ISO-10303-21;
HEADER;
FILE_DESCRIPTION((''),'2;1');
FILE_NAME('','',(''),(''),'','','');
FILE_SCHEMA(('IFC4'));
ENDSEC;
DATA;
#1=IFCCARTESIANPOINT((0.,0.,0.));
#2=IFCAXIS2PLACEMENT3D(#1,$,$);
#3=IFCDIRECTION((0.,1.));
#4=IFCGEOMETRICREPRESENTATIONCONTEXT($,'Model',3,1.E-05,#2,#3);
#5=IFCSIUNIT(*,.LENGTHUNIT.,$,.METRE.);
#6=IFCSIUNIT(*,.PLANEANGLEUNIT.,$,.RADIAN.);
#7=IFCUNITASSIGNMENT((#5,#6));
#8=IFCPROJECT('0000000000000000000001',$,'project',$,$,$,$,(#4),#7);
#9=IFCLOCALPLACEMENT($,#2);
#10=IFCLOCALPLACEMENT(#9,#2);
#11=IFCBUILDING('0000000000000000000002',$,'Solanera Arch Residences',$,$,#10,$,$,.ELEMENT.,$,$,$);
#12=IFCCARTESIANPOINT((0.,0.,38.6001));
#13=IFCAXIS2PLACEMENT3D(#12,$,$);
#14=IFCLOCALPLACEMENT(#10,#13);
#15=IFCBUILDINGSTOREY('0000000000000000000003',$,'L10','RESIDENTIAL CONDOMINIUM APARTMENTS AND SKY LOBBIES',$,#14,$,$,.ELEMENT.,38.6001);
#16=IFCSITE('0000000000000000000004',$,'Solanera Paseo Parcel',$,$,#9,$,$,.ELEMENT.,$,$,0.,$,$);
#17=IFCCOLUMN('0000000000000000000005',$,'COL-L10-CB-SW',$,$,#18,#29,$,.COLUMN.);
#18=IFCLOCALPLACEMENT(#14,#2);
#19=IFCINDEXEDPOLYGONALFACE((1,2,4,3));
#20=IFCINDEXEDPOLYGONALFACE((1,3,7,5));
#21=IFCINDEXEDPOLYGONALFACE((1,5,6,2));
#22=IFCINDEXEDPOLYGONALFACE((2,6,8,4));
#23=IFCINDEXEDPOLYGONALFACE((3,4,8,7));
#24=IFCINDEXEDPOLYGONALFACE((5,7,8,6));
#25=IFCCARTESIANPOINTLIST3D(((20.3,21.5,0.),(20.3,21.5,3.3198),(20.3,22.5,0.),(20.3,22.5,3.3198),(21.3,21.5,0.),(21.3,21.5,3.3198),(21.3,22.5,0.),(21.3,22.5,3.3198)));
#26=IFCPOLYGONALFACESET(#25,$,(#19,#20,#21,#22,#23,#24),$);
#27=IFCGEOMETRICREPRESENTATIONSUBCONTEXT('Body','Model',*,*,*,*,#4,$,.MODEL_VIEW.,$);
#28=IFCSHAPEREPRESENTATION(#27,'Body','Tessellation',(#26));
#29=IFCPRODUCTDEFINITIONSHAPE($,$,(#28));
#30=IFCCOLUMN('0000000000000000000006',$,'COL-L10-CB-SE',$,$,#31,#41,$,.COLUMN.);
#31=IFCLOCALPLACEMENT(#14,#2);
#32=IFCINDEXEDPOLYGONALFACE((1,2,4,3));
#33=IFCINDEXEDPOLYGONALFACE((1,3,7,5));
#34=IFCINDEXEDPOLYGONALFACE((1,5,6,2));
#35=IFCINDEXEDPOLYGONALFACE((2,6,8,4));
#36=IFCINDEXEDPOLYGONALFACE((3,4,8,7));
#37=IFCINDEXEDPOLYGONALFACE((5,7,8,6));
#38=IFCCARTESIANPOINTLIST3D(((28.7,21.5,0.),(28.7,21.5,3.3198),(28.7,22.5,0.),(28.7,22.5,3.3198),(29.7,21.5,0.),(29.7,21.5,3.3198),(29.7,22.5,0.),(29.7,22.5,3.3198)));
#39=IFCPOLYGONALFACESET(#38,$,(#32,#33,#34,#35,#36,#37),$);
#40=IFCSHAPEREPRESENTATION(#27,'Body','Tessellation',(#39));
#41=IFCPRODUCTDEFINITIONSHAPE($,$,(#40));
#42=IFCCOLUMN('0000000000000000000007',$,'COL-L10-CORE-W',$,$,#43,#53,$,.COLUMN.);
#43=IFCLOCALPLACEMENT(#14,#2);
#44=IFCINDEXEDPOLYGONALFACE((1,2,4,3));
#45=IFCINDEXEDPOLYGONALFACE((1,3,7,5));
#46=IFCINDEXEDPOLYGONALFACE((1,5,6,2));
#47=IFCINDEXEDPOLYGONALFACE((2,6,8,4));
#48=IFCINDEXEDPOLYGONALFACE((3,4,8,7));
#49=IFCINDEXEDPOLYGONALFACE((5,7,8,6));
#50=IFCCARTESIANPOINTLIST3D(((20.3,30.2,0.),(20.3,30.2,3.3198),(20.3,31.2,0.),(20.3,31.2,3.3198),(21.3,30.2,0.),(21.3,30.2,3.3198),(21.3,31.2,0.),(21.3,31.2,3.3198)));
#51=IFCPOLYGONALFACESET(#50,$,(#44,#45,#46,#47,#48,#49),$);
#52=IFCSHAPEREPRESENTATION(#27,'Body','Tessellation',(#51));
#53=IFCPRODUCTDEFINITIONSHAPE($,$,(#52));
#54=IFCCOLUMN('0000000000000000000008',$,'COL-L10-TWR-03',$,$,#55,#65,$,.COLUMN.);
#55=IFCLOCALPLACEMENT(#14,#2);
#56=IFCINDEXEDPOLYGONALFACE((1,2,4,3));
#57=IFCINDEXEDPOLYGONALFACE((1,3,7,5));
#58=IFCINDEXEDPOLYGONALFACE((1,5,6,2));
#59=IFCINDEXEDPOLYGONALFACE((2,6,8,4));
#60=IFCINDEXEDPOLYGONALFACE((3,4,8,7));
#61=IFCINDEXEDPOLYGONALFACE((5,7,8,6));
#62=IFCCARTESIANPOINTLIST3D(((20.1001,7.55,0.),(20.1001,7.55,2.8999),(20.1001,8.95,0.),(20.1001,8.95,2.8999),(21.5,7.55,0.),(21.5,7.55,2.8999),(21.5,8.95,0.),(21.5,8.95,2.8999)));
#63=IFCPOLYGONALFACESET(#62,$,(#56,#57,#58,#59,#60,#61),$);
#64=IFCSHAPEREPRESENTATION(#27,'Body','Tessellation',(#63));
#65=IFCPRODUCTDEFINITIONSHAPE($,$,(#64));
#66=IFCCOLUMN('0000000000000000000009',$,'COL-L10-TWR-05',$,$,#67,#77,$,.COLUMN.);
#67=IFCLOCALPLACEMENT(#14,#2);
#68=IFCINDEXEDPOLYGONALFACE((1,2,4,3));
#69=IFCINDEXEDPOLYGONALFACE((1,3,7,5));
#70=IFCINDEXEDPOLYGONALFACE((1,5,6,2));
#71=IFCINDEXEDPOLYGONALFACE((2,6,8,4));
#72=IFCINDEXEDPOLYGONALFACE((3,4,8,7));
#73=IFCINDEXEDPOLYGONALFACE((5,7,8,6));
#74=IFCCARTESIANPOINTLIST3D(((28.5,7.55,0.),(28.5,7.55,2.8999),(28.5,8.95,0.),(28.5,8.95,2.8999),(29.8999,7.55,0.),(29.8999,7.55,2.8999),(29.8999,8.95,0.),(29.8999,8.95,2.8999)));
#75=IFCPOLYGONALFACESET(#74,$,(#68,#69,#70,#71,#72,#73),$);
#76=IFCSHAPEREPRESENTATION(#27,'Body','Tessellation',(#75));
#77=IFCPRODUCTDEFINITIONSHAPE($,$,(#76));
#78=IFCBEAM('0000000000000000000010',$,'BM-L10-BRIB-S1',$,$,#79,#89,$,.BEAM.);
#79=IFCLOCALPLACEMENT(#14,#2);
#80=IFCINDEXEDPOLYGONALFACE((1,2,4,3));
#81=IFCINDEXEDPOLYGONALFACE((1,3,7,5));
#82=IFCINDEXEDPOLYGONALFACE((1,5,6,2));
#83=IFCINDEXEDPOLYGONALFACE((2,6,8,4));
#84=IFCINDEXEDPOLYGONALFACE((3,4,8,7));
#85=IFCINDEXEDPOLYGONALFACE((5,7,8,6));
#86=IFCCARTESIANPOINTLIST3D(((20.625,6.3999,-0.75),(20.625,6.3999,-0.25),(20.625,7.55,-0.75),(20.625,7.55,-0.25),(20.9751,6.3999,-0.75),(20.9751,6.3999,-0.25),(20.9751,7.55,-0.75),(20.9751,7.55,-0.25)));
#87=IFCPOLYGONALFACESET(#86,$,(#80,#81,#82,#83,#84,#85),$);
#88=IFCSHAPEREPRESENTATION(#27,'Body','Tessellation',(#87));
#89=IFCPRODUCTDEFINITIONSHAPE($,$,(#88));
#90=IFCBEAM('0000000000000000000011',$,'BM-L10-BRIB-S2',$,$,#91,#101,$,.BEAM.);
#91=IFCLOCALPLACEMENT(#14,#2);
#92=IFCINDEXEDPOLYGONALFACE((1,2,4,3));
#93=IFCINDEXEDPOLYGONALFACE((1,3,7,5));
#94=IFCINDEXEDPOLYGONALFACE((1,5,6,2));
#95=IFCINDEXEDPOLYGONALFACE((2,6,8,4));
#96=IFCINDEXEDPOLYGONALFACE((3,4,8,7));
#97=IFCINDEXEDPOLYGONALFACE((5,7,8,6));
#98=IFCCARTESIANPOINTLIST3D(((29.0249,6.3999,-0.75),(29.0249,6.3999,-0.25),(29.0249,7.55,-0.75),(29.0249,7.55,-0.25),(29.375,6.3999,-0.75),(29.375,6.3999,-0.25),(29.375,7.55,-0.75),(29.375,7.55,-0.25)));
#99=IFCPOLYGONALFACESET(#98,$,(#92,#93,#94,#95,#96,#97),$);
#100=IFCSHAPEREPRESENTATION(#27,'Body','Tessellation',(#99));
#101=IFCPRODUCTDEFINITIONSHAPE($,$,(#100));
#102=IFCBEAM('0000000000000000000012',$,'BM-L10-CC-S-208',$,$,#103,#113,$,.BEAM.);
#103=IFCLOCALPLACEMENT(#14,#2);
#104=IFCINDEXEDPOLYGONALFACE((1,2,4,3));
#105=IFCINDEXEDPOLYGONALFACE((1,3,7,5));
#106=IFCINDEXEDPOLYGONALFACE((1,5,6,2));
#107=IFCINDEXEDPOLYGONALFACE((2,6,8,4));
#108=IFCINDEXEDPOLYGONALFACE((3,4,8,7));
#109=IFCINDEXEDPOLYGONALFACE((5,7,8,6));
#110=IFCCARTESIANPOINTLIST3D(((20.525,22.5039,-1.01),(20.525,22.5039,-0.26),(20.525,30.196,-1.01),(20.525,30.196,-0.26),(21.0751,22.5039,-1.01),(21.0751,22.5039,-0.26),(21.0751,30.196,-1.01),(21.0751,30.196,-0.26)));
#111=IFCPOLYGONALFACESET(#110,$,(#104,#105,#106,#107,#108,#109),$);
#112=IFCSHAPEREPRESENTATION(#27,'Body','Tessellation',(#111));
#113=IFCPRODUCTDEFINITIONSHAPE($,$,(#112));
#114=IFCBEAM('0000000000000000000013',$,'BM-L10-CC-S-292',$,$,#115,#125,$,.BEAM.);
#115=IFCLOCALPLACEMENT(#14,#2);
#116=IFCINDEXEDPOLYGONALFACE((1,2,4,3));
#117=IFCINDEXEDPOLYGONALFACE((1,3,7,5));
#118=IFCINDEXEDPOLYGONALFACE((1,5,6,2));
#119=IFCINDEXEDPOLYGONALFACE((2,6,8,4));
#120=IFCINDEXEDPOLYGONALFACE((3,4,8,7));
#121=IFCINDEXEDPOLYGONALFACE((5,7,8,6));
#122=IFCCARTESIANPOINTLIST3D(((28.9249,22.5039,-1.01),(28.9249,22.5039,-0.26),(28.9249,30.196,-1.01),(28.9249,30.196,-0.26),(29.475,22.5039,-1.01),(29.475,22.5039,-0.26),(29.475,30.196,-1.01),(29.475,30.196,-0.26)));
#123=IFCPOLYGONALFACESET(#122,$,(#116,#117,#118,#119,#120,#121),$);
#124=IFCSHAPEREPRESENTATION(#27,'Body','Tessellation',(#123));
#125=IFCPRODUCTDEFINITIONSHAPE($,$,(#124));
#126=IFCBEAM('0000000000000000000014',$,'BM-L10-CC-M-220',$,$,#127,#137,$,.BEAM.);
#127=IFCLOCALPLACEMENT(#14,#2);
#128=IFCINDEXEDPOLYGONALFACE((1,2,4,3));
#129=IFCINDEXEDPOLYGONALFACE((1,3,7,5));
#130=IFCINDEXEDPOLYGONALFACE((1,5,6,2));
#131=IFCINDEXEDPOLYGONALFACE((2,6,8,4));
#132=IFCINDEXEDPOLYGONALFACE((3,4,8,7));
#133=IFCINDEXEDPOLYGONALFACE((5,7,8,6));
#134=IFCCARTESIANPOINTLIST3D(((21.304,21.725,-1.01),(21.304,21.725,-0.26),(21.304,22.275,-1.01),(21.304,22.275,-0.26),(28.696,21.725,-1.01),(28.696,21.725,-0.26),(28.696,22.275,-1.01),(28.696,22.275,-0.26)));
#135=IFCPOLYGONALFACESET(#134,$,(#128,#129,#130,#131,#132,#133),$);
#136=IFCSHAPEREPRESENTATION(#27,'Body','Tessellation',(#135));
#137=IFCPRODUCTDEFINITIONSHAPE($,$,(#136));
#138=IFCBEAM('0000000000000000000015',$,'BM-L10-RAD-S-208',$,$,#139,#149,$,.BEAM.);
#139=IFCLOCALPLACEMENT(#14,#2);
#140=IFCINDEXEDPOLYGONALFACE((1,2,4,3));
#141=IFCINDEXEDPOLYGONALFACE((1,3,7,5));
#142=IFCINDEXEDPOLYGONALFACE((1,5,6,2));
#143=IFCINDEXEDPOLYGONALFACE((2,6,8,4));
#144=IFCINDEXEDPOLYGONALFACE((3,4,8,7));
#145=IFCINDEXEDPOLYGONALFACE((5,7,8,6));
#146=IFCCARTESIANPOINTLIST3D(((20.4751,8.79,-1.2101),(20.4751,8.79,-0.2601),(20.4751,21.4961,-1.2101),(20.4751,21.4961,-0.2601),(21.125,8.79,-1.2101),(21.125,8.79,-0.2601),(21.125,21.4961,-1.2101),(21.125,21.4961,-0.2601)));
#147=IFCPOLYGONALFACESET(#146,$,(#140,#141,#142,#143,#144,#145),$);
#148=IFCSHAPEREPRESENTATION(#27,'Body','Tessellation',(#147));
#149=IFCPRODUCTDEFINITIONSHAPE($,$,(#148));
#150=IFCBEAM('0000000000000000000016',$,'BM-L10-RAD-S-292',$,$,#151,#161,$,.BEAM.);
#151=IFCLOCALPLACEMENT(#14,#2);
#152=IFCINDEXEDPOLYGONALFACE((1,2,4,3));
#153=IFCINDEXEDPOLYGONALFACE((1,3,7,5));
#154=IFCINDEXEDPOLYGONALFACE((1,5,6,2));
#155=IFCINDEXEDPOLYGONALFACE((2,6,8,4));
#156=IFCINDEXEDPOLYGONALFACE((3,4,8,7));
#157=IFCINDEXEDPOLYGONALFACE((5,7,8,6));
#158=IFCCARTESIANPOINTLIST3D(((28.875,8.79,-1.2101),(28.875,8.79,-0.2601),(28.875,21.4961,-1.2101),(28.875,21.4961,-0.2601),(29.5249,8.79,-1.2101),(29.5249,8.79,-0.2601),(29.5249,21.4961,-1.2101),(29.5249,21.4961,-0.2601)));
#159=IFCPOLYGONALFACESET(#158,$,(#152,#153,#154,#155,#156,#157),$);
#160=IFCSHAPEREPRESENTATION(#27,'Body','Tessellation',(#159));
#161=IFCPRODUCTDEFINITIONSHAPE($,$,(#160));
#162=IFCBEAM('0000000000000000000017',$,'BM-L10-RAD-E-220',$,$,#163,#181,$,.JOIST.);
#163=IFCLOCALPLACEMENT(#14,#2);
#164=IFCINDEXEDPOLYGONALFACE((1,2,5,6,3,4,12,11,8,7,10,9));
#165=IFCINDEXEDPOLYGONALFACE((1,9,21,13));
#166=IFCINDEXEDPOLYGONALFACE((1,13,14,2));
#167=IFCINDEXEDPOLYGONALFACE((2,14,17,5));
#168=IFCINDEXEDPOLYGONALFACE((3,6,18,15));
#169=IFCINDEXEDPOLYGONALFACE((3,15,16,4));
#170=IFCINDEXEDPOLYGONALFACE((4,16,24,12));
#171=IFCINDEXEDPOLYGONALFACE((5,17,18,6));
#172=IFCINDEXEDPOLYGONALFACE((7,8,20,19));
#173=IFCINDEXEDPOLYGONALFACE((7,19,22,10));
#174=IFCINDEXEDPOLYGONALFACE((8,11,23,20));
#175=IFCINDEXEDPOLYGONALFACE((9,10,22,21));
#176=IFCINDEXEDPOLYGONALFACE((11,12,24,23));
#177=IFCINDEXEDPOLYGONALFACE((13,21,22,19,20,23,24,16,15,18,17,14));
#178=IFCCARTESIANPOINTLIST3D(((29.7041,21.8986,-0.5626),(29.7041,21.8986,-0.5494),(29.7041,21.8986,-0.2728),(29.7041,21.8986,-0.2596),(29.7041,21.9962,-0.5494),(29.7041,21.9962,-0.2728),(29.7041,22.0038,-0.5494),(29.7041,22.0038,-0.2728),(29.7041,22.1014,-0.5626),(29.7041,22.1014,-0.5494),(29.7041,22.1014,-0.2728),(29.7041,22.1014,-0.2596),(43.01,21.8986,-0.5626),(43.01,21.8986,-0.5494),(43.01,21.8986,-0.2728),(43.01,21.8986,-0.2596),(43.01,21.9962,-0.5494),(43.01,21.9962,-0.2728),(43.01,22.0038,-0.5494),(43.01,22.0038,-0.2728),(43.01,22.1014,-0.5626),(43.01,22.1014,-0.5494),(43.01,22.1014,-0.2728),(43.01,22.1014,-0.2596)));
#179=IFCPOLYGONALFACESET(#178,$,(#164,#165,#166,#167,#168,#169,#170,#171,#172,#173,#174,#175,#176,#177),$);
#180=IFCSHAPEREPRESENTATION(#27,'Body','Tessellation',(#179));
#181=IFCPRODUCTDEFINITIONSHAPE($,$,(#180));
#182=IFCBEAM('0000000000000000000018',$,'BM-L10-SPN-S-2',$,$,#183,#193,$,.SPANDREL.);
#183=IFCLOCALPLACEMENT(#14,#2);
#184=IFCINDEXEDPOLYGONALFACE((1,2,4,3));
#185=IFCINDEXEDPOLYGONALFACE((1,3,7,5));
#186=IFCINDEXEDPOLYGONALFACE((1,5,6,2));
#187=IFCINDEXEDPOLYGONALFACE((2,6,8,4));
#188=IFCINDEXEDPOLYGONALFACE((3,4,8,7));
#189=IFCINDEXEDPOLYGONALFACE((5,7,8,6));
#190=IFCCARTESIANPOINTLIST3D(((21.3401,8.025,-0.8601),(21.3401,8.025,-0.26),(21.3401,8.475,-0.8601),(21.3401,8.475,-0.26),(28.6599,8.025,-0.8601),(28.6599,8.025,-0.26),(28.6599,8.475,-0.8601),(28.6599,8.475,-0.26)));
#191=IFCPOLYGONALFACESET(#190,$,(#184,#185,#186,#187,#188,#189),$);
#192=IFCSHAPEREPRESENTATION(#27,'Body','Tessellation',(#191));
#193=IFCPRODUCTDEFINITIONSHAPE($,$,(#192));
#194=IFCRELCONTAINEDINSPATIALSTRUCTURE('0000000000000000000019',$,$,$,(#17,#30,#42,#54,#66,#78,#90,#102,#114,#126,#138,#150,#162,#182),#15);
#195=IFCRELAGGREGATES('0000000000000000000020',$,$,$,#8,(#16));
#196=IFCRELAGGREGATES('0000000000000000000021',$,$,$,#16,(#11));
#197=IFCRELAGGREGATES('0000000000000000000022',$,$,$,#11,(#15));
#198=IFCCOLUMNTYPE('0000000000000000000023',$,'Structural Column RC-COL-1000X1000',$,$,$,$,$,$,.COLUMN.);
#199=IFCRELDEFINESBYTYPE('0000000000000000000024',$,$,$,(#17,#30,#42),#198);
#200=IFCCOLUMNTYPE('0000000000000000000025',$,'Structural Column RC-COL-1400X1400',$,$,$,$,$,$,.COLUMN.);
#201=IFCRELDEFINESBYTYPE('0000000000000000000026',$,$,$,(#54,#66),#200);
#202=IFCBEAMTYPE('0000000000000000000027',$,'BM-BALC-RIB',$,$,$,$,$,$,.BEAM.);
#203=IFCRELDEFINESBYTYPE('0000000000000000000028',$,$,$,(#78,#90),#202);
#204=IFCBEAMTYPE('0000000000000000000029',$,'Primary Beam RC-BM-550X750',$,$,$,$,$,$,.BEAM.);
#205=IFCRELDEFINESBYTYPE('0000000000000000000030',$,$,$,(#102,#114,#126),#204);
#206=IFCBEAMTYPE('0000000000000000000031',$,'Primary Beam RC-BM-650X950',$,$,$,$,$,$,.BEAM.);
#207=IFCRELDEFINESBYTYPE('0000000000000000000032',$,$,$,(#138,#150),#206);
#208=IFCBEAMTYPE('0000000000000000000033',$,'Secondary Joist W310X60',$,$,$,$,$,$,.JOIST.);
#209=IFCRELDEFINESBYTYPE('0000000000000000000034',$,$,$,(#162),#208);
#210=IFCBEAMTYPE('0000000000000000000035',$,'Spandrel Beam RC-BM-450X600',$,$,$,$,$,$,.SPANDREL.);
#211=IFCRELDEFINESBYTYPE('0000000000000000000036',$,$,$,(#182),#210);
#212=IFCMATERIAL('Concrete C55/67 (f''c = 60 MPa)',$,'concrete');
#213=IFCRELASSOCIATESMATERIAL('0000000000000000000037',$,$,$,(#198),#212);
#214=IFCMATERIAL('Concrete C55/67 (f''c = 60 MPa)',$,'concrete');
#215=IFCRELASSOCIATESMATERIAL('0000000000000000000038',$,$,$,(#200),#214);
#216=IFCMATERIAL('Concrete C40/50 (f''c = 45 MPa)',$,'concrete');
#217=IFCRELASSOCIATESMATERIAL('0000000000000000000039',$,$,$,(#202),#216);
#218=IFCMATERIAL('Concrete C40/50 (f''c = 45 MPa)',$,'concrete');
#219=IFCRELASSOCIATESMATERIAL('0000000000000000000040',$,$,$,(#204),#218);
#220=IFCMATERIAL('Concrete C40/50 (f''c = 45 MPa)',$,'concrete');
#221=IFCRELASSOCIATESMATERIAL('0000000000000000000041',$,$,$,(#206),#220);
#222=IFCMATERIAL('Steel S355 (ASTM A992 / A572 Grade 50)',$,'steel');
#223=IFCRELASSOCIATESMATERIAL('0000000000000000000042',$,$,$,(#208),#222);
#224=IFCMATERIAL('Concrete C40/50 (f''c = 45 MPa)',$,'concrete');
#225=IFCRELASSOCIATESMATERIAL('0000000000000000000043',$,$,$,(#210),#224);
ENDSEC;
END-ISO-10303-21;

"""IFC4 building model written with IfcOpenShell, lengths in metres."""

from ifc_helpers import new_model, si_unit, direction, frame, origin, origin_2d, place, context, subcontext, project, spatial, rectangle, i_section, extrude, material, material_profile, profile_set, type_object, element, save


model = new_model("IFC4")

# Units and contexts
model_context = context("Model", 3, precision=1e-05, world=origin(), true_north=direction((0.0, 1.0)))
body_context = subcontext(model_context, "Body", "Model", "MODEL_VIEW")
ifc_project = project(units=[si_unit("LENGTHUNIT", "METRE"), si_unit("PLANEANGLEUNIT", "RADIAN")], contexts=[model_context])

# Site, building, storey
site_placement = place(None, origin())
site = spatial("IfcSite", under=ifc_project, at=site_placement, Name="Solanera Paseo Parcel", CompositionType="ELEMENT", RefElevation=0.0)
building_placement = place(site_placement, origin())
building = spatial("IfcBuilding", under=site, at=building_placement, Name="Solanera Arch Residences", CompositionType="ELEMENT")
storey_placement = place(building_placement, frame((0.0, 0.0, 38.6001)))
storey = spatial("IfcBuildingStorey", under=building, at=storey_placement, Name="L10", Description="RESIDENTIAL CONDOMINIUM APARTMENTS AND SKY LOBBIES", CompositionType="ELEMENT", Elevation=38.6001)

# Columns
ifc_material_1 = material(Name="Concrete C55/67 (f'c = 60 MPa)", Category="concrete")
ifc_material_profile_1 = material_profile(ifc_material_1, rectangle(XDim=1.0, YDim=1.0, at=origin_2d()))
ifc_profile_set_1 = profile_set([ifc_material_profile_1], Name="Concrete C55/67 (f'c = 60 MPa)")
column_type_1 = type_object("IfcColumnType", Name="Structural Column RC-COL-1000X1000", PredefinedType="COLUMN", material=ifc_profile_set_1)
for number, where, z_axis, x_axis, name in (
    (1, (20.8, 22.0, 0.0), (0.0, 0.0, 1.0), (1.0, 0.0, 0.0), "COL-L10-CB-SW"),
    (2, (29.2, 22.0, 0.0), (0.0, 0.0, 1.0), (1.0, 0.0, 0.0), "COL-L10-CB-SE"),
    (3, (20.8, 30.7, 0.0), (0.0, 0.0, 1.0), (1.0, 0.0, 0.0), "COL-L10-CORE-W"),
):
    element("IfcColumn", number, at=place(storey_placement, frame(where, z_axis=z_axis, x_axis=x_axis)), inside=storey, type_object=column_type_1, Name=name, PredefinedType="COLUMN", context=body_context, shape_type="SweptSolid", body=[
        extrude(rectangle(XDim=1.0, YDim=1.0, at=origin_2d()), origin(), (0.0, 0.0, 1.0), 3.3198),
    ])
ifc_material_2 = material(Name="Concrete C55/67 (f'c = 60 MPa)", Category="concrete")
ifc_material_profile_2 = material_profile(ifc_material_2, rectangle(XDim=1.3999, YDim=1.3999, at=origin_2d()))
ifc_profile_set_2 = profile_set([ifc_material_profile_2], Name="Concrete C55/67 (f'c = 60 MPa)")
column_type_2 = type_object("IfcColumnType", Name="Structural Column RC-COL-1400X1400", PredefinedType="COLUMN", material=ifc_profile_set_2)
for number, where, z_axis, x_axis, name in (
    (4, (20.8, 8.25, 0.0), (0.0, 0.0, 1.0), (1.0, 0.0, 0.0), "COL-L10-TWR-03"),
    (5, (29.2, 8.25, 0.0), (0.0, 0.0, 1.0), (1.0, 0.0, 0.0), "COL-L10-TWR-05"),
):
    element("IfcColumn", number, at=place(storey_placement, frame(where, z_axis=z_axis, x_axis=x_axis)), inside=storey, type_object=column_type_2, Name=name, PredefinedType="COLUMN", context=body_context, shape_type="SweptSolid", body=[
        extrude(rectangle(XDim=1.3999, YDim=1.3999, at=origin_2d()), origin(), (0.0, 0.0, 1.0), 2.8999),
    ])

# Beams
ifc_material_3 = material(Name="Concrete C40/50 (f'c = 45 MPa)", Category="concrete")
ifc_material_profile_3 = material_profile(ifc_material_3, rectangle(XDim=0.3501, YDim=0.5, at=origin_2d()))
ifc_profile_set_3 = profile_set([ifc_material_profile_3], Name="Concrete C40/50 (f'c = 45 MPa)")
beam_type_1 = type_object("IfcBeamType", Name="BM-BALC-RIB", PredefinedType="BEAM", material=ifc_profile_set_3)
for number, where, z_axis, x_axis, name in (
    (6, (20.8, 6.3999, -0.5), (0.0, 1.0, 0.0), (-1.0, 0.0, 0.0), "BM-L10-BRIB-S1"),
    (7, (29.2, 6.3999, -0.5), (0.0, 1.0, 0.0), (-1.0, 0.0, 0.0), "BM-L10-BRIB-S2"),
):
    element("IfcBeam", number, at=place(storey_placement, frame(where, z_axis=z_axis, x_axis=x_axis)), inside=storey, type_object=beam_type_1, Name=name, PredefinedType="BEAM", context=body_context, shape_type="SweptSolid", body=[
        extrude(rectangle(XDim=0.3501, YDim=0.5, at=origin_2d()), origin(), (0.0, 0.0, 1.0), 1.1501),
    ])
ifc_material_4 = material(Name="Concrete C40/50 (f'c = 45 MPa)", Category="concrete")
ifc_material_profile_4 = material_profile(ifc_material_4, rectangle(XDim=0.55, YDim=0.75, at=origin_2d()))
ifc_profile_set_4 = profile_set([ifc_material_profile_4], Name="Concrete C40/50 (f'c = 45 MPa)")
beam_type_2 = type_object("IfcBeamType", Name="Primary Beam RC-BM-550X750", PredefinedType="BEAM", material=ifc_profile_set_4)
for number, where, z_axis, x_axis, name in (
    (8, (20.8, 22.5039, -0.635), (0.0, 1.0, 0.0), (-1.0, 0.0, 0.0), "BM-L10-CC-S-208"),
    (9, (29.2, 22.5039, -0.635), (0.0, 1.0, 0.0), (-1.0, 0.0, 0.0), "BM-L10-CC-S-292"),
):
    element("IfcBeam", number, at=place(storey_placement, frame(where, z_axis=z_axis, x_axis=x_axis)), inside=storey, type_object=beam_type_2, Name=name, PredefinedType="BEAM", context=body_context, shape_type="SweptSolid", body=[
        extrude(rectangle(XDim=0.55, YDim=0.75, at=origin_2d()), origin(), (0.0, 0.0, 1.0), 7.6921),
    ])
beam_1_placement = place(storey_placement, frame((21.304, 22.0, -0.635), z_axis=(1.0, 0.0, 0.0), x_axis=(0.0, 1.0, 0.0)))
element("IfcBeam", 10, at=beam_1_placement, inside=storey, type_object=beam_type_2, Name="BM-L10-CC-M-220", PredefinedType="BEAM", context=body_context, shape_type="SweptSolid", body=[
    extrude(rectangle(XDim=0.55, YDim=0.75, at=origin_2d()), origin(), (0.0, 0.0, 1.0), 7.3921),
])
ifc_material_5 = material(Name="Concrete C40/50 (f'c = 45 MPa)", Category="concrete")
ifc_material_profile_5 = material_profile(ifc_material_5, rectangle(XDim=0.6499, YDim=0.95, at=origin_2d()))
ifc_profile_set_5 = profile_set([ifc_material_profile_5], Name="Concrete C40/50 (f'c = 45 MPa)")
beam_type_3 = type_object("IfcBeamType", Name="Primary Beam RC-BM-650X950", PredefinedType="BEAM", material=ifc_profile_set_5)
for number, where, z_axis, x_axis, name in (
    (11, (20.8, 8.79, -0.7351), (0.0, 1.0, 0.0), (-1.0, 0.0, 0.0), "BM-L10-RAD-S-208"),
    (12, (29.2, 8.79, -0.7351), (0.0, 1.0, 0.0), (-1.0, 0.0, 0.0), "BM-L10-RAD-S-292"),
):
    element("IfcBeam", number, at=place(storey_placement, frame(where, z_axis=z_axis, x_axis=x_axis)), inside=storey, type_object=beam_type_3, Name=name, PredefinedType="BEAM", context=body_context, shape_type="SweptSolid", body=[
        extrude(rectangle(XDim=0.6499, YDim=0.95, at=origin_2d()), origin(), (0.0, 0.0, 1.0), 12.7061),
    ])
ifc_material_6 = material(Name="Steel S355 (ASTM A992 / A572 Grade 50)", Category="steel")
ifc_material_profile_6 = material_profile(ifc_material_6, i_section(OverallWidth=0.2029, OverallDepth=0.303, WebThickness=0.0076, FlangeThickness=0.0132, at=origin_2d()))
ifc_profile_set_6 = profile_set([ifc_material_profile_6], Name="Steel S355 (ASTM A992 / A572 Grade 50)")
beam_type_4 = type_object("IfcBeamType", Name="Secondary Joist W310X60", PredefinedType="JOIST", material=ifc_profile_set_6)
beam_2_placement = place(storey_placement, frame((29.7041, 22.0, -0.4111), z_axis=(1.0, 0.0, 0.0), x_axis=(0.0, 1.0, 0.0)))
element("IfcBeam", 13, at=beam_2_placement, inside=storey, type_object=beam_type_4, Name="BM-L10-RAD-E-220", PredefinedType="JOIST", context=body_context, shape_type="SweptSolid", body=[
    extrude(i_section(OverallWidth=0.2029, OverallDepth=0.303, WebThickness=0.0076, FlangeThickness=0.0132, at=origin_2d()), origin(), (0.0, 0.0, 1.0), 13.3059),
])
ifc_material_7 = material(Name="Concrete C40/50 (f'c = 45 MPa)", Category="concrete")
ifc_material_profile_7 = material_profile(ifc_material_7, rectangle(XDim=0.45, YDim=0.6001, at=origin_2d()))
ifc_profile_set_7 = profile_set([ifc_material_profile_7], Name="Concrete C40/50 (f'c = 45 MPa)")
beam_type_5 = type_object("IfcBeamType", Name="Spandrel Beam RC-BM-450X600", PredefinedType="SPANDREL", material=ifc_profile_set_7)
beam_3_placement = place(storey_placement, frame((21.3401, 8.25, -0.5601), z_axis=(1.0, 0.0, 0.0), x_axis=(0.0, 1.0, 0.0)))
element("IfcBeam", 14, at=beam_3_placement, inside=storey, type_object=beam_type_5, Name="BM-L10-SPN-S-2", PredefinedType="SPANDREL", context=body_context, shape_type="SweptSolid", body=[
    extrude(rectangle(XDim=0.45, YDim=0.6001, at=origin_2d()), origin(), (0.0, 0.0, 1.0), 7.3198),
])

save(model, "model.ifc")
